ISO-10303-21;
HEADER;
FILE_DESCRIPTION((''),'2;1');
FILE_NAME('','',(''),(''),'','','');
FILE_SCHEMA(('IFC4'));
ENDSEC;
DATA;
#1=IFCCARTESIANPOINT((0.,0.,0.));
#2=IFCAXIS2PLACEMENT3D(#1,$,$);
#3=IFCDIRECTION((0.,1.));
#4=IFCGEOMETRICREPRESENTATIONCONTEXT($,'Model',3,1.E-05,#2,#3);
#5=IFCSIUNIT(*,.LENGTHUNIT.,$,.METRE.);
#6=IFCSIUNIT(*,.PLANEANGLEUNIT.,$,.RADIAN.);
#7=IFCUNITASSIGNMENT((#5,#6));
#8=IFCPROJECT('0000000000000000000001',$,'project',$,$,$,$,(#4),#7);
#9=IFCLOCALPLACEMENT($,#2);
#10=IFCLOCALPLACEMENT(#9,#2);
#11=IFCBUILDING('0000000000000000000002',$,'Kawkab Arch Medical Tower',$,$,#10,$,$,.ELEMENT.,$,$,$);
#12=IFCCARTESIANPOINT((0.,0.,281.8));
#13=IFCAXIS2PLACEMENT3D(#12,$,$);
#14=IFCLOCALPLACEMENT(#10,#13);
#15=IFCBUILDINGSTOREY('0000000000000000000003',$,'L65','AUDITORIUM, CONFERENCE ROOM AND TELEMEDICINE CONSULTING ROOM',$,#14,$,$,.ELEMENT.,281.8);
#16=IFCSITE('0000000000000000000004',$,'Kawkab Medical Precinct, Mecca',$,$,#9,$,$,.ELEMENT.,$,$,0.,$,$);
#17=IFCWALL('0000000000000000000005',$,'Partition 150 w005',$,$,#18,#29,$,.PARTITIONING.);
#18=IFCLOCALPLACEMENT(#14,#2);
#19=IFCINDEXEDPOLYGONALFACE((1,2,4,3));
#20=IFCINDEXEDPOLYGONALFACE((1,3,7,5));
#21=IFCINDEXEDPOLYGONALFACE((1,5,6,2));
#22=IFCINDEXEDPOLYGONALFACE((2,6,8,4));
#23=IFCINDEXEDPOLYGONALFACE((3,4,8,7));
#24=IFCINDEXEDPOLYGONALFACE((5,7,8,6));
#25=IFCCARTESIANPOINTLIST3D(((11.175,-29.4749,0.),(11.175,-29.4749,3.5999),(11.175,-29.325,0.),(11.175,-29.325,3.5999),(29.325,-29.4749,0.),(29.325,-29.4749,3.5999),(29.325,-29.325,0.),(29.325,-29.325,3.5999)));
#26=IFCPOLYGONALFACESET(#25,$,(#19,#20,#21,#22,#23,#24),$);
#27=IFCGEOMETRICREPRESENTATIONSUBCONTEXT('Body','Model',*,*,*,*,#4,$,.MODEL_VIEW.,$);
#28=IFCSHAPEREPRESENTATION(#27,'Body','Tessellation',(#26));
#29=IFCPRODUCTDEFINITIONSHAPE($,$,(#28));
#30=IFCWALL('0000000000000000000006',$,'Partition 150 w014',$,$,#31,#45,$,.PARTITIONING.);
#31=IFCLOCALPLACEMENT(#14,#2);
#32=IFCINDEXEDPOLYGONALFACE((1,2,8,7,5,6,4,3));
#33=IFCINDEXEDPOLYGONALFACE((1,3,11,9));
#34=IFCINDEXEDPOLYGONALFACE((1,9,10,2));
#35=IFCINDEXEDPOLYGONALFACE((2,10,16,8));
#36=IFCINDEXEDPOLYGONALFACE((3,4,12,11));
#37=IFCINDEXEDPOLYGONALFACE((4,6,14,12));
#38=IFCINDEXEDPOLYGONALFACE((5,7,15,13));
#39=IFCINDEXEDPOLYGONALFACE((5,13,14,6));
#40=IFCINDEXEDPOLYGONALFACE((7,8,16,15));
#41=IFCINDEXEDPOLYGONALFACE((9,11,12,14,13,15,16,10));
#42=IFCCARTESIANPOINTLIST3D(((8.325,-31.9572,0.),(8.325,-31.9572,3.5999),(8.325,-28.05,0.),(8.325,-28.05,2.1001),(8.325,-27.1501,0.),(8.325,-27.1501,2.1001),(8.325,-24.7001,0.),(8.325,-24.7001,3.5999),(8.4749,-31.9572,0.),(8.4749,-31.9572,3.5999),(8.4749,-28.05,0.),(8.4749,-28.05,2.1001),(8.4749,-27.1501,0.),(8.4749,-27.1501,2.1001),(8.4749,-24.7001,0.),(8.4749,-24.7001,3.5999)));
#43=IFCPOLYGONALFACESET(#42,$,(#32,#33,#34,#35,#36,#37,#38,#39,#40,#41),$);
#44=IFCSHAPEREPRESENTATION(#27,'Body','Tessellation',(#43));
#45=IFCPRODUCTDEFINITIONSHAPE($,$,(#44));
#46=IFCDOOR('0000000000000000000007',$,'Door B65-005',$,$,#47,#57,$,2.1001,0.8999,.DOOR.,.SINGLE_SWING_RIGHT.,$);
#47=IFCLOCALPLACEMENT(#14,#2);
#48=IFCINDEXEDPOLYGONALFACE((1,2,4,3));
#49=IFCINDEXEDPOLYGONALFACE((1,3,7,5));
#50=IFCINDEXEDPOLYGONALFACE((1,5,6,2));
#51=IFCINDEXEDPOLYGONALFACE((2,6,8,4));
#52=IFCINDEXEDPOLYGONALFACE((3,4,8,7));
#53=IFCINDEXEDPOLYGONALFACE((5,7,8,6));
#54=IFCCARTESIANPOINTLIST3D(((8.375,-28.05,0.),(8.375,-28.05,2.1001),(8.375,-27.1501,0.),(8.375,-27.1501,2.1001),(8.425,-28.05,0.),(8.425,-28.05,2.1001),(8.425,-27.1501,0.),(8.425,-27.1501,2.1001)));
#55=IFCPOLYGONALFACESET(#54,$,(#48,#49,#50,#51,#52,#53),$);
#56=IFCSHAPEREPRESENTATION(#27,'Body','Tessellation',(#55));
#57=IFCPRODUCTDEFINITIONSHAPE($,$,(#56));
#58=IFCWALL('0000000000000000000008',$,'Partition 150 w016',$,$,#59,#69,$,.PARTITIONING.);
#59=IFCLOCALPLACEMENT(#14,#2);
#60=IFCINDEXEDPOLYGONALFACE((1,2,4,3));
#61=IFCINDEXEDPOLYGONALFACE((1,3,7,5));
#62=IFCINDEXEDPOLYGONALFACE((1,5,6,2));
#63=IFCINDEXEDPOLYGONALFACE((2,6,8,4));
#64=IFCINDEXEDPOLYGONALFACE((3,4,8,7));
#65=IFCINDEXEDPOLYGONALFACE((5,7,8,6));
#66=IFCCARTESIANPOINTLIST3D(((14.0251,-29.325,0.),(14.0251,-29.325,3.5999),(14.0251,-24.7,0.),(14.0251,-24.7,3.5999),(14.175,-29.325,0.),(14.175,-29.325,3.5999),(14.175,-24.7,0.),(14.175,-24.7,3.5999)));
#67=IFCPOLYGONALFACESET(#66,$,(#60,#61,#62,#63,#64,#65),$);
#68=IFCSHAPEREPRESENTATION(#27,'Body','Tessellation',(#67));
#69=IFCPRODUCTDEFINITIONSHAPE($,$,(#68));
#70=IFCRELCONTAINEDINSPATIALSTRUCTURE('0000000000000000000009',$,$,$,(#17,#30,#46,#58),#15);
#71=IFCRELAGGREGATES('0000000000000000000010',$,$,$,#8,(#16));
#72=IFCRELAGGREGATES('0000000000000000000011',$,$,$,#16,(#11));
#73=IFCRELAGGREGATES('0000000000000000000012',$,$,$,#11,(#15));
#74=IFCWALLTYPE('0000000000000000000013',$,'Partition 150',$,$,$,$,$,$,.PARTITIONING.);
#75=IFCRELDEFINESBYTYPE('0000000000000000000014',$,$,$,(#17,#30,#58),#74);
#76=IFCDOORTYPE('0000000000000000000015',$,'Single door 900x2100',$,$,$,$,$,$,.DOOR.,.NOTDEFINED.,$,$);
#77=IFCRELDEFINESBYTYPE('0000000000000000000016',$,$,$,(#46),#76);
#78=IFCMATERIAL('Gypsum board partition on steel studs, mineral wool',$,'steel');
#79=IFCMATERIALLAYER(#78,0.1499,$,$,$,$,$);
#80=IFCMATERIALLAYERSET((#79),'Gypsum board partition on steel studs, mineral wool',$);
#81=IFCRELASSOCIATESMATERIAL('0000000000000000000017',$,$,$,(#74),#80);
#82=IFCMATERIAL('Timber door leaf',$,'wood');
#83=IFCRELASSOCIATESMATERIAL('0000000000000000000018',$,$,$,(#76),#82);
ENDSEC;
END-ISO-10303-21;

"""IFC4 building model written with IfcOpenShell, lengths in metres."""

from ifc_helpers import new_model, si_unit, direction, frame, frame_2d, origin, place, context, subcontext, project, spatial, rectangle, extrude, material, layer, layer_set, type_object, element, fill, save


model = new_model("IFC4")

# Units and contexts
model_context = context("Model", 3, precision=1e-05, world=origin(), true_north=direction((0.0, 1.0)))
body_context = subcontext(model_context, "Body", "Model", "MODEL_VIEW")
ifc_project = project(units=[si_unit("LENGTHUNIT", "METRE"), si_unit("PLANEANGLEUNIT", "RADIAN")], contexts=[model_context])

# Site, building, storey
site_placement = place(None, origin())
site = spatial("IfcSite", under=ifc_project, at=site_placement, Name="Kawkab Medical Precinct, Mecca", CompositionType="ELEMENT", RefElevation=0.0)
building_placement = place(site_placement, origin())
building = spatial("IfcBuilding", under=site, at=building_placement, Name="Kawkab Arch Medical Tower", CompositionType="ELEMENT")
storey_placement = place(building_placement, frame((0.0, 0.0, 281.8)))
storey = spatial("IfcBuildingStorey", under=building, at=storey_placement, Name="L65", Description="AUDITORIUM, CONFERENCE ROOM AND TELEMEDICINE CONSULTING ROOM", CompositionType="ELEMENT", Elevation=281.8)

# Wall
ifc_material_1 = material(Name="Gypsum board partition on steel studs, mineral wool", Category="steel")
ifc_layer_1 = layer(ifc_material_1, 0.1499)
ifc_layer_set_1 = layer_set([ifc_layer_1], Name="Gypsum board partition on steel studs, mineral wool")
wall_type_1 = type_object("IfcWallType", Name="Partition 150", PredefinedType="PARTITIONING", material=ifc_layer_set_1)
wall_1_placement = place(storey_placement, frame((11.175, -29.3999, 0.0), z_axis=(0.0, 0.0, 1.0), x_axis=(1.0, 0.0, 0.0)))
element("IfcWall", 1, at=wall_1_placement, inside=storey, type_object=wall_type_1, Name="Partition 150 w005", PredefinedType="PARTITIONING", context=body_context, shape_type="SweptSolid", body=[
    extrude(rectangle(XDim=18.1499, YDim=0.1499, at=frame_2d((9.075, 0.0))), origin(), (0.0, 0.0, 1.0), 3.5999),
])

# Wall, opening, door
wall_2_placement = place(storey_placement, frame((8.3999, -31.957, 0.0), z_axis=(0.0, 0.0, 1.0), x_axis=(0.0, 1.0, 0.0)))
wall_2 = element("IfcWall", 2, at=wall_2_placement, inside=storey, type_object=wall_type_1, Name="Partition 150 w014", PredefinedType="PARTITIONING", context=body_context, shape_type="SweptSolid", body=[
    extrude(rectangle(XDim=7.2571, YDim=0.1499, at=frame_2d((3.6284, 0.0))), origin(), (0.0, 0.0, 1.0), 3.5999),
])
opening_1_placement = place(wall_2_placement, frame((3.907, 0.0, 0.0)))
opening_1 = element("IfcOpeningElement", 3, at=opening_1_placement, cuts=wall_2, PredefinedType="OPENING", context=body_context, shape_type="SweptSolid", body=[
    extrude(rectangle(XDim=0.8999, YDim=2.1001, at=frame_2d((0.45, 1.05))), frame((0.0, 0.085, 0.0), z_axis=(0.0, -1.0, 0.0), x_axis=(1.0, 0.0, 0.0)), (0.0, 0.0, 1.0), 0.1699),
])
ifc_material_2 = material(Name="Timber door leaf", Category="wood")
door_type_1 = type_object("IfcDoorType", Name="Single door 900x2100", OperationType="NOTDEFINED", PredefinedType="DOOR", material=ifc_material_2)
door_1_placement = place(opening_1_placement, origin())
door_1 = element("IfcDoor", 4, at=door_1_placement, inside=storey, type_object=door_type_1, Name="Door B65-005", OperationType="SINGLE_SWING_RIGHT", OverallHeight=2.1001, OverallWidth=0.8999, PredefinedType="DOOR", context=body_context, shape_type="SweptSolid", body=[
    extrude(rectangle(XDim=0.8999, YDim=2.1001, at=frame_2d((0.45, 1.05))), frame((0.0, 0.0249, 0.0), z_axis=(0.0, -1.0, 0.0), x_axis=(1.0, 0.0, 0.0)), (0.0, 0.0, 1.0), 0.05),
])
fill(opening_1, door_1)

# Wall
wall_3_placement = place(storey_placement, frame((14.1001, -29.325, 0.0), z_axis=(0.0, 0.0, 1.0), x_axis=(0.0, 1.0, 0.0)))
element("IfcWall", 5, at=wall_3_placement, inside=storey, type_object=wall_type_1, Name="Partition 150 w016", PredefinedType="PARTITIONING", context=body_context, shape_type="SweptSolid", body=[
    extrude(rectangle(XDim=4.625, YDim=0.1499, at=frame_2d((2.3125, 0.0))), origin(), (0.0, 0.0, 1.0), 3.5999),
])

save(model, "model.ifc")
